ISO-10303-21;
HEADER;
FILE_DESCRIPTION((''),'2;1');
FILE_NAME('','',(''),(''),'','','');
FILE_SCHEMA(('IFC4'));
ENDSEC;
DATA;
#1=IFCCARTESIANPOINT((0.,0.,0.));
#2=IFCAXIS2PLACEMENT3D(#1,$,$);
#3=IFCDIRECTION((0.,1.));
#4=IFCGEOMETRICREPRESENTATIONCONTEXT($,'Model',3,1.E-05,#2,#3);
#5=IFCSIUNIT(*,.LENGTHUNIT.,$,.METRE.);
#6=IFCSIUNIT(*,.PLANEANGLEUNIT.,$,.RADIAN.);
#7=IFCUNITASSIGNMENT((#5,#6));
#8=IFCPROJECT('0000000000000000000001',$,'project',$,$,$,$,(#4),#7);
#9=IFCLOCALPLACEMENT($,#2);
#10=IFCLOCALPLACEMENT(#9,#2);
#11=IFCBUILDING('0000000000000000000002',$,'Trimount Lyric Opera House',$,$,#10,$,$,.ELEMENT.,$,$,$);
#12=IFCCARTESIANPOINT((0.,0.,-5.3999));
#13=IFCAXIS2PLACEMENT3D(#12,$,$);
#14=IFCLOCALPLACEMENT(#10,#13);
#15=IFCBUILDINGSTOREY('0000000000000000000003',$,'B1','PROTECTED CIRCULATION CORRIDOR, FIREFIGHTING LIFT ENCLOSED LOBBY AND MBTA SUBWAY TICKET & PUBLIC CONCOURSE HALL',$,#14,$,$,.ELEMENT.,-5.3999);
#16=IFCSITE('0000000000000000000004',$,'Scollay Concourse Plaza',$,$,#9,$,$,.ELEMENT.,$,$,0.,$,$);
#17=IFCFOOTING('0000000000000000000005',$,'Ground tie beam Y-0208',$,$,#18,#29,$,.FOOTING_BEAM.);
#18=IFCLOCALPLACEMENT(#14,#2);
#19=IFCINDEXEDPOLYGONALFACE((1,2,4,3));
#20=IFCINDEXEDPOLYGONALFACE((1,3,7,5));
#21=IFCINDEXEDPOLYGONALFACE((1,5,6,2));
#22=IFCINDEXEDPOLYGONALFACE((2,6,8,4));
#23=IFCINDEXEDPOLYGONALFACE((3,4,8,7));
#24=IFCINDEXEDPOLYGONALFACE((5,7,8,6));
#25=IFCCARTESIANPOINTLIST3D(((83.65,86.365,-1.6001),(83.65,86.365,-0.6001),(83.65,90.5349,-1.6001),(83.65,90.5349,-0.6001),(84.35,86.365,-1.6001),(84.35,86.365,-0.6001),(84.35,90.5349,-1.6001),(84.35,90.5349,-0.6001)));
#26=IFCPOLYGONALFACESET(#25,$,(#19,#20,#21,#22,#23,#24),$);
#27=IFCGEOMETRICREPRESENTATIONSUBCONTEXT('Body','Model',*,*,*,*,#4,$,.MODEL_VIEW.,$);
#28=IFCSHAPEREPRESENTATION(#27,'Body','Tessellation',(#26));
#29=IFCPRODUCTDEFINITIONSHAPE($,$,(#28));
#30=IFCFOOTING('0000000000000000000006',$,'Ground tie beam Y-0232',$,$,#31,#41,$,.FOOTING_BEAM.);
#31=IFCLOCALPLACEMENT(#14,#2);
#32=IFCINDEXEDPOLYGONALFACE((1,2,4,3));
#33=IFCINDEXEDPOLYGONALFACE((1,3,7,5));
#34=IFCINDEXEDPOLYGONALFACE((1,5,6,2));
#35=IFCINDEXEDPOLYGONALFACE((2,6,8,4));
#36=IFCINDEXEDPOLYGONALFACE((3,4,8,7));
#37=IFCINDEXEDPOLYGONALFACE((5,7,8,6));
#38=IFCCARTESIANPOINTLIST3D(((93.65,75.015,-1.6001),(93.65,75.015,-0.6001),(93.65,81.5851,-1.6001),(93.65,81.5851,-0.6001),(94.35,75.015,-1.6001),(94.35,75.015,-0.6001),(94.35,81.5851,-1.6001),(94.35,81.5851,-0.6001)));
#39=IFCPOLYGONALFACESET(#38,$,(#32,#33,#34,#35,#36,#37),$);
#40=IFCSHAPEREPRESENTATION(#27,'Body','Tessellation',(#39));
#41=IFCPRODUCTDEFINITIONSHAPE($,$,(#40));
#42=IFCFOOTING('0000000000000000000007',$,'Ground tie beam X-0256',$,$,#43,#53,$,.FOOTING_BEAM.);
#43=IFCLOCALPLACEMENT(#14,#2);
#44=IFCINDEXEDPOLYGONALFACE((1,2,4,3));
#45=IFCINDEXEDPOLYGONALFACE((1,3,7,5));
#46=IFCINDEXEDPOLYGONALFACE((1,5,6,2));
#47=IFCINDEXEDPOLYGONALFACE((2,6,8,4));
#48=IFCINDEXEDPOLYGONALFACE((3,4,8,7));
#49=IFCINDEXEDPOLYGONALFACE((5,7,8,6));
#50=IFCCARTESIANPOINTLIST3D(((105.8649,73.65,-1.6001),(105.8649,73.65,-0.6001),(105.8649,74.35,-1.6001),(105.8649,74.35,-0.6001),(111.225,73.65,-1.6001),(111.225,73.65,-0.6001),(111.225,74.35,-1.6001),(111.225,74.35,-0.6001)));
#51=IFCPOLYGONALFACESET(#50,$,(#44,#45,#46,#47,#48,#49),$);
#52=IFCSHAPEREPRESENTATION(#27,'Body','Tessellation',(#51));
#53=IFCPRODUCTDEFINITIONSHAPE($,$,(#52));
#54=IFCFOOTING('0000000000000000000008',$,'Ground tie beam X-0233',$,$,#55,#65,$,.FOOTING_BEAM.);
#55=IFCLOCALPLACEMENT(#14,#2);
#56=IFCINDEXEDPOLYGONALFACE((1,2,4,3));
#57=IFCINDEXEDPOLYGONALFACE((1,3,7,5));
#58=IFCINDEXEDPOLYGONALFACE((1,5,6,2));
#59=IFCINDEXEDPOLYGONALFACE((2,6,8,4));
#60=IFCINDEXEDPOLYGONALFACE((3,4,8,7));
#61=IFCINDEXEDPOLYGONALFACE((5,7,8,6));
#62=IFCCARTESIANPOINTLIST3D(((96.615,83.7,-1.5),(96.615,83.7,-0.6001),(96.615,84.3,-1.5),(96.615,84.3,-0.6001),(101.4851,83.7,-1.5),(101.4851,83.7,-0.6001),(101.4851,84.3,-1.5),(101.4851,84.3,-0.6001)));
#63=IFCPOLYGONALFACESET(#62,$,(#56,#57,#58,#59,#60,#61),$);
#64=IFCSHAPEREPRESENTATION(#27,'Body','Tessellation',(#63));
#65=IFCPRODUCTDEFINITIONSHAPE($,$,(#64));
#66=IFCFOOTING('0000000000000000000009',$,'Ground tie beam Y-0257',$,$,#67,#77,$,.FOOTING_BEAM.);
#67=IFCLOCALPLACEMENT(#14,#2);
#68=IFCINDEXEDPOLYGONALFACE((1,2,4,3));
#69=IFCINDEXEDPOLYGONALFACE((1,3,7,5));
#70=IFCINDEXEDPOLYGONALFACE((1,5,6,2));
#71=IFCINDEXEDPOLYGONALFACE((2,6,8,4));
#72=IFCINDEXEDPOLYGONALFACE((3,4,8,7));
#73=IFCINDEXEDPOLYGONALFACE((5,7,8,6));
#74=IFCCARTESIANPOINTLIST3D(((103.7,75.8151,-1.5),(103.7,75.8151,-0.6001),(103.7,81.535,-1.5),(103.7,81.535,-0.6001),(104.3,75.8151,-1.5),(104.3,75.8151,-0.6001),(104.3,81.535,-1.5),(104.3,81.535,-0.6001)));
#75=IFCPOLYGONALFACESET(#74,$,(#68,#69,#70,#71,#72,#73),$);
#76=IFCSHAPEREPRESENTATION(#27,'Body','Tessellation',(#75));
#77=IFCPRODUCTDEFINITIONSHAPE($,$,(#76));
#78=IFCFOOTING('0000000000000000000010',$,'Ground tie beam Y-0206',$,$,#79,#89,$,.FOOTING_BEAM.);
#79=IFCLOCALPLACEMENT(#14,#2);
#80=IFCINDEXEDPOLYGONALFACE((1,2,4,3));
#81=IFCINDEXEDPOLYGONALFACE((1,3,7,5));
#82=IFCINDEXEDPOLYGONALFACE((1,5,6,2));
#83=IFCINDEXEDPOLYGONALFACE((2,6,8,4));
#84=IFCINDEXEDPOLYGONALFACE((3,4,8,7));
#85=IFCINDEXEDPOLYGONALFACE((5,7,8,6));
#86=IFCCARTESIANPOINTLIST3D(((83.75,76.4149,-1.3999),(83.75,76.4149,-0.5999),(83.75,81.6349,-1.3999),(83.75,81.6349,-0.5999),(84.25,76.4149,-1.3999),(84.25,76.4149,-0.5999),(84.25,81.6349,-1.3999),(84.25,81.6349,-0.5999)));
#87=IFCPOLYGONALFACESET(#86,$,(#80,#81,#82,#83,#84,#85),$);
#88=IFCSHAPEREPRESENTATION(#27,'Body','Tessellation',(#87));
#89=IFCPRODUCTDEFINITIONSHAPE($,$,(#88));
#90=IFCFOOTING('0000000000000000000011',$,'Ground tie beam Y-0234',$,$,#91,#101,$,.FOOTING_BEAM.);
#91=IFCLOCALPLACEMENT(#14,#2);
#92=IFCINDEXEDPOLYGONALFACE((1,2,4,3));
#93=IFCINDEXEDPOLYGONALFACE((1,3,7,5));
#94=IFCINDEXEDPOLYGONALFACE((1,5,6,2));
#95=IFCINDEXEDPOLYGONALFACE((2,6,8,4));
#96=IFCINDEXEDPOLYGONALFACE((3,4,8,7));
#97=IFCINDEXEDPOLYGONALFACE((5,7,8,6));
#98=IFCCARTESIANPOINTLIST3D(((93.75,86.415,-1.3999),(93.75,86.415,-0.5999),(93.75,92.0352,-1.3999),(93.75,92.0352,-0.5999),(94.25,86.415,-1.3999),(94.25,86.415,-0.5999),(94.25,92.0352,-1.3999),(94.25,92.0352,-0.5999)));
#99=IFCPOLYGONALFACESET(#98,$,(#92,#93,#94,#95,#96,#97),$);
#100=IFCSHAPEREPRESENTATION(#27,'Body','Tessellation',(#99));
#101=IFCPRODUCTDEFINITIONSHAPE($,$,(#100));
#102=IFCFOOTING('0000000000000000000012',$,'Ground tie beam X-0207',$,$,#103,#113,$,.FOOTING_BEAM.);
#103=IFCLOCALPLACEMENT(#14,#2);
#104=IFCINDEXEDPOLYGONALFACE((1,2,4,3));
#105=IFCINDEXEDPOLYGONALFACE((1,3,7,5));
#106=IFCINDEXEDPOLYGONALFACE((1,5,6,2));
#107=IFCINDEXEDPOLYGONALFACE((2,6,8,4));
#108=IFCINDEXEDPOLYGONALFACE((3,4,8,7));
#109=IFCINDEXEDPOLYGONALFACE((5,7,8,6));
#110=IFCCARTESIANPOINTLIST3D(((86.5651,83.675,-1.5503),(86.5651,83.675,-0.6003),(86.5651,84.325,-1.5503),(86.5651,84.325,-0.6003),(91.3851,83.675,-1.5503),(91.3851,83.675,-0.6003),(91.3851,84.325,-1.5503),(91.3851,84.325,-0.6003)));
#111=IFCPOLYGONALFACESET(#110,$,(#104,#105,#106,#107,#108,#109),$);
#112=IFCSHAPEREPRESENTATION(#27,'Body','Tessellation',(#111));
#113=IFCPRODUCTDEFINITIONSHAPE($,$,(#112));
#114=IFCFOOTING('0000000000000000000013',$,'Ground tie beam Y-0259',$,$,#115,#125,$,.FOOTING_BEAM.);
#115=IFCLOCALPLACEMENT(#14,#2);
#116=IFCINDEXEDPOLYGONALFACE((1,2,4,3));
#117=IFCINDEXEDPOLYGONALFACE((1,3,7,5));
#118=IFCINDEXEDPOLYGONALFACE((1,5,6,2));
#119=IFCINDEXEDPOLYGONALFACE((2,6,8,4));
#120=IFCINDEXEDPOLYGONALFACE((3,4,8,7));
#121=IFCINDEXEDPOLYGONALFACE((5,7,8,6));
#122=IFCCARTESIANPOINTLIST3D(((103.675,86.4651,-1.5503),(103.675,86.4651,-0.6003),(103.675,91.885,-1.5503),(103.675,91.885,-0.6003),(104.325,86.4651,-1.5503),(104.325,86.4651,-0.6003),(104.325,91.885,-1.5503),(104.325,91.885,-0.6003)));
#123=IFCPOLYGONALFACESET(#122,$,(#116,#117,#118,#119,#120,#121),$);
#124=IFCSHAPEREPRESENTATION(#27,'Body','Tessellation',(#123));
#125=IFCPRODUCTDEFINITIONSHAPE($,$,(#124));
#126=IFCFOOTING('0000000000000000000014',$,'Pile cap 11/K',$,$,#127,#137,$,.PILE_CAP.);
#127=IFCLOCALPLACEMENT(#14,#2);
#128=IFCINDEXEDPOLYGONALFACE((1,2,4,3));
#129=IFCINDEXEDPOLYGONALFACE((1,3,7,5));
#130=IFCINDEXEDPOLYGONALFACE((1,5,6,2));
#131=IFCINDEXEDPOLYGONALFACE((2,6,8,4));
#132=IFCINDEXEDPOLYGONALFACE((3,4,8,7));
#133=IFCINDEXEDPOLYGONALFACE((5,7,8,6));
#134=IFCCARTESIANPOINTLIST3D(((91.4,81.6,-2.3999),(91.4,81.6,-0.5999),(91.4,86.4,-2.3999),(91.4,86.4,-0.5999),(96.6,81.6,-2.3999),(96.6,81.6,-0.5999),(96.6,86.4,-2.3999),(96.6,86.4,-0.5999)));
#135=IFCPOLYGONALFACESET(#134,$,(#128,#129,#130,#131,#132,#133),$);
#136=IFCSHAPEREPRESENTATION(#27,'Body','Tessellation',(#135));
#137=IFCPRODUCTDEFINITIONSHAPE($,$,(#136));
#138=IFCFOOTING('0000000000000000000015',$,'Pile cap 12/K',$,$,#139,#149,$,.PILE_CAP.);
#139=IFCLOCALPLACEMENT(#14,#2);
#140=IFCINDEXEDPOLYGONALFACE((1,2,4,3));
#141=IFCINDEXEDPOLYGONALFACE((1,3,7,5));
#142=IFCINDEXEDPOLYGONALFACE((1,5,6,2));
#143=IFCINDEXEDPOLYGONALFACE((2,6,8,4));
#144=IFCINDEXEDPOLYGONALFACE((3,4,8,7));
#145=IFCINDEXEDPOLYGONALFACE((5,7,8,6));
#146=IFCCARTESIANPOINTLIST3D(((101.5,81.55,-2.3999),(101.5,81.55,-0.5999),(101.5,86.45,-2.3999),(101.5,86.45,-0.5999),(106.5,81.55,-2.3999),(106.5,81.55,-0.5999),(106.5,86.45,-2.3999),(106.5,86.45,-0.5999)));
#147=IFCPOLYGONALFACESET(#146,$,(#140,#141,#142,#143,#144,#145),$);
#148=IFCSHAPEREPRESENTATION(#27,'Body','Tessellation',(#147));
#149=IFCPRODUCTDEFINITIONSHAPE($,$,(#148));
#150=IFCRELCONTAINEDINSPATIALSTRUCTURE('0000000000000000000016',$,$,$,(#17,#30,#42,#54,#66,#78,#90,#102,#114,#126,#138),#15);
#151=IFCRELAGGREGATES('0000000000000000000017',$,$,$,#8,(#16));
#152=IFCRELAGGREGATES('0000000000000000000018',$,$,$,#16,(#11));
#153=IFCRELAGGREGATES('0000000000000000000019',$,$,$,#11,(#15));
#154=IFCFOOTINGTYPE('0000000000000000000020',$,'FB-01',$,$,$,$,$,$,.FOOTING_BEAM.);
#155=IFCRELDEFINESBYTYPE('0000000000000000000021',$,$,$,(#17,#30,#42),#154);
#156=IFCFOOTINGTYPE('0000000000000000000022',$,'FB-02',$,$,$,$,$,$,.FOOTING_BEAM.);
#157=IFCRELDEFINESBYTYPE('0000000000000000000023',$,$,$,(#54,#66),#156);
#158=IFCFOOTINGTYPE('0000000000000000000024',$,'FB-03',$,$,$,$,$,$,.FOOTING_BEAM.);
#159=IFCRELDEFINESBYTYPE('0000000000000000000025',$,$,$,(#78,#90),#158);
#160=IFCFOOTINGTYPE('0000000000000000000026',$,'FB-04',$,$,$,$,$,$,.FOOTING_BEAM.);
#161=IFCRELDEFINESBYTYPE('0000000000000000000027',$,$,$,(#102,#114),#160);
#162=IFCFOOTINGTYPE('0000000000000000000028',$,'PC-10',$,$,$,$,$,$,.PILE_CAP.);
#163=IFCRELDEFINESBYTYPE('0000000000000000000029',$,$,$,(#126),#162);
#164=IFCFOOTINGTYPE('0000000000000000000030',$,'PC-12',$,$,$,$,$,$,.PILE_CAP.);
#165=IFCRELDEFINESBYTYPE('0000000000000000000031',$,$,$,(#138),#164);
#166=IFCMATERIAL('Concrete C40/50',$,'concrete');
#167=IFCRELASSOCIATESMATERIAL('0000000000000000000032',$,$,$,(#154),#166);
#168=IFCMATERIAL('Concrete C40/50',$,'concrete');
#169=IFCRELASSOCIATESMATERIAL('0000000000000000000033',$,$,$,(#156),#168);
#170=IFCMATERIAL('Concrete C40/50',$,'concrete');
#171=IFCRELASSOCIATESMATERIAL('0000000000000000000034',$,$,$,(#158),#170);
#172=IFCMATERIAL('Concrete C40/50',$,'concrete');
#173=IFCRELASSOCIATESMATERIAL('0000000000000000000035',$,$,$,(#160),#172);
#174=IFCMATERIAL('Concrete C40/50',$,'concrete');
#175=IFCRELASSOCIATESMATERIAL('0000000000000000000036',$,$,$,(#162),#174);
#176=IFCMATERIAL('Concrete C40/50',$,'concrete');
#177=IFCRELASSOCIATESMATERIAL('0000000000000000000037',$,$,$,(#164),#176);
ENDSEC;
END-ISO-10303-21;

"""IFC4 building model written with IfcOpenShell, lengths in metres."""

from ifc_helpers import new_model, si_unit, direction, frame, origin, origin_2d, place, context, subcontext, project, spatial, rectangle, extrude, material, type_object, element, save


model = new_model("IFC4")

# Units and contexts
model_context = context("Model", 3, precision=1e-05, world=origin(), true_north=direction((0.0, 1.0)))
body_context = subcontext(model_context, "Body", "Model", "MODEL_VIEW")
ifc_project = project(units=[si_unit("LENGTHUNIT", "METRE"), si_unit("PLANEANGLEUNIT", "RADIAN")], contexts=[model_context])

# Site, building, storey
site_placement = place(None, origin())
site = spatial("IfcSite", under=ifc_project, at=site_placement, Name="Scollay Concourse Plaza", CompositionType="ELEMENT", RefElevation=0.0)
building_placement = place(site_placement, origin())
building = spatial("IfcBuilding", under=site, at=building_placement, Name="Trimount Lyric Opera House", CompositionType="ELEMENT")
storey_placement = place(building_placement, frame((0.0, 0.0, -5.3999)))
storey = spatial("IfcBuildingStorey", under=building, at=storey_placement, Name="B1", Description="PROTECTED CIRCULATION CORRIDOR, FIREFIGHTING LIFT ENCLOSED LOBBY AND MBTA SUBWAY TICKET & PUBLIC CONCOURSE HALL", CompositionType="ELEMENT", Elevation=-5.3999)

# Footings
ifc_material_1 = material(Name="Concrete C40/50", Category="concrete")
footing_type_1 = type_object("IfcFootingType", Name="FB-01", PredefinedType="FOOTING_BEAM", material=ifc_material_1)
footing_1_placement = place(storey_placement, frame((84.0, 88.45, -1.6001), z_axis=(0.0, 0.0, 1.0), x_axis=(1.0, 0.0, 0.0)))
element("IfcFooting", 1, at=footing_1_placement, inside=storey, type_object=footing_type_1, Name="Ground tie beam Y-0208", PredefinedType="FOOTING_BEAM", context=body_context, shape_type="SweptSolid", body=[
    extrude(rectangle(XDim=0.7, YDim=4.1699, at=origin_2d()), origin(), (0.0, 0.0, 1.0), 1.0),
])
footing_2_placement = place(storey_placement, frame((94.0, 78.3, -1.6001), z_axis=(0.0, 0.0, 1.0), x_axis=(1.0, 0.0, 0.0)))
element("IfcFooting", 2, at=footing_2_placement, inside=storey, type_object=footing_type_1, Name="Ground tie beam Y-0232", PredefinedType="FOOTING_BEAM", context=body_context, shape_type="SweptSolid", body=[
    extrude(rectangle(XDim=0.7, YDim=6.5701, at=origin_2d()), origin(), (0.0, 0.0, 1.0), 1.0),
])
footing_3_placement = place(storey_placement, frame((108.5449, 74.0, -1.6001), z_axis=(0.0, 0.0, 1.0), x_axis=(1.0, 0.0, 0.0)))
element("IfcFooting", 3, at=footing_3_placement, inside=storey, type_object=footing_type_1, Name="Ground tie beam X-0256", PredefinedType="FOOTING_BEAM", context=body_context, shape_type="SweptSolid", body=[
    extrude(rectangle(XDim=5.3601, YDim=0.7, at=origin_2d()), origin(), (0.0, 0.0, 1.0), 1.0),
])
ifc_material_2 = material(Name="Concrete C40/50", Category="concrete")
footing_type_2 = type_object("IfcFootingType", Name="FB-02", PredefinedType="FOOTING_BEAM", material=ifc_material_2)
footing_4_placement = place(storey_placement, frame((99.05, 84.0, -1.5), z_axis=(0.0, 0.0, 1.0), x_axis=(1.0, 0.0, 0.0)))
element("IfcFooting", 4, at=footing_4_placement, inside=storey, type_object=footing_type_2, Name="Ground tie beam X-0233", PredefinedType="FOOTING_BEAM", context=body_context, shape_type="SweptSolid", body=[
    extrude(rectangle(XDim=4.8701, YDim=0.6001, at=origin_2d()), origin(), (0.0, 0.0, 1.0), 0.8999),
])
footing_5_placement = place(storey_placement, frame((104.0, 78.675, -1.5), z_axis=(0.0, 0.0, 1.0), x_axis=(1.0, 0.0, 0.0)))
element("IfcFooting", 5, at=footing_5_placement, inside=storey, type_object=footing_type_2, Name="Ground tie beam Y-0257", PredefinedType="FOOTING_BEAM", context=body_context, shape_type="SweptSolid", body=[
    extrude(rectangle(XDim=0.6001, YDim=5.72, at=origin_2d()), origin(), (0.0, 0.0, 1.0), 0.8999),
])
ifc_material_3 = material(Name="Concrete C40/50", Category="concrete")
footing_type_3 = type_object("IfcFootingType", Name="FB-03", PredefinedType="FOOTING_BEAM", material=ifc_material_3)
footing_6_placement = place(storey_placement, frame((84.0, 79.0249, -1.3999), z_axis=(0.0, 0.0, 1.0), x_axis=(1.0, 0.0, 0.0)))
element("IfcFooting", 6, at=footing_6_placement, inside=storey, type_object=footing_type_3, Name="Ground tie beam Y-0206", PredefinedType="FOOTING_BEAM", context=body_context, shape_type="SweptSolid", body=[
    extrude(rectangle(XDim=0.5, YDim=5.22, at=origin_2d()), origin(), (0.0, 0.0, 1.0), 0.8),
])
footing_7_placement = place(storey_placement, frame((94.0, 89.2251, -1.3999), z_axis=(0.0, 0.0, 1.0), x_axis=(1.0, 0.0, 0.0)))
element("IfcFooting", 7, at=footing_7_placement, inside=storey, type_object=footing_type_3, Name="Ground tie beam Y-0234", PredefinedType="FOOTING_BEAM", context=body_context, shape_type="SweptSolid", body=[
    extrude(rectangle(XDim=0.5, YDim=5.6201, at=origin_2d()), origin(), (0.0, 0.0, 1.0), 0.8),
])
ifc_material_4 = material(Name="Concrete C40/50", Category="concrete")
footing_type_4 = type_object("IfcFootingType", Name="FB-04", PredefinedType="FOOTING_BEAM", material=ifc_material_4)
footing_8_placement = place(storey_placement, frame((88.9751, 84.0, -1.5503), z_axis=(0.0, 0.0, 1.0), x_axis=(1.0, 0.0, 0.0)))
element("IfcFooting", 8, at=footing_8_placement, inside=storey, type_object=footing_type_4, Name="Ground tie beam X-0207", PredefinedType="FOOTING_BEAM", context=body_context, shape_type="SweptSolid", body=[
    extrude(rectangle(XDim=4.8201, YDim=0.6499, at=origin_2d()), origin(), (0.0, 0.0, 1.0), 0.95),
])
footing_9_placement = place(storey_placement, frame((104.0, 89.175, -1.5503), z_axis=(0.0, 0.0, 1.0), x_axis=(1.0, 0.0, 0.0)))
element("IfcFooting", 9, at=footing_9_placement, inside=storey, type_object=footing_type_4, Name="Ground tie beam Y-0259", PredefinedType="FOOTING_BEAM", context=body_context, shape_type="SweptSolid", body=[
    extrude(rectangle(XDim=0.6499, YDim=5.4199, at=origin_2d()), origin(), (0.0, 0.0, 1.0), 0.95),
])
ifc_material_5 = material(Name="Concrete C40/50", Category="concrete")
footing_type_5 = type_object("IfcFootingType", Name="PC-10", PredefinedType="PILE_CAP", material=ifc_material_5)
footing_10_placement = place(storey_placement, frame((94.0, 84.0, -2.3999), z_axis=(0.0, 0.0, 1.0), x_axis=(1.0, 0.0, 0.0)))
element("IfcFooting", 10, at=footing_10_placement, inside=storey, type_object=footing_type_5, Name="Pile cap 11/K", PredefinedType="PILE_CAP", context=body_context, shape_type="SweptSolid", body=[
    extrude(rectangle(XDim=5.2, YDim=4.8, at=origin_2d()), origin(), (0.0, 0.0, 1.0), 1.8),
])
ifc_material_6 = material(Name="Concrete C40/50", Category="concrete")
footing_type_6 = type_object("IfcFootingType", Name="PC-12", PredefinedType="PILE_CAP", material=ifc_material_6)
footing_11_placement = place(storey_placement, frame((104.0, 84.0, -2.3999), z_axis=(0.0, 0.0, 1.0), x_axis=(1.0, 0.0, 0.0)))
element("IfcFooting", 11, at=footing_11_placement, inside=storey, type_object=footing_type_6, Name="Pile cap 12/K", PredefinedType="PILE_CAP", context=body_context, shape_type="SweptSolid", body=[
    extrude(rectangle(XDim=5.0, YDim=4.8999, at=origin_2d()), origin(), (0.0, 0.0, 1.0), 1.8),
])

save(model, "model.ifc")
